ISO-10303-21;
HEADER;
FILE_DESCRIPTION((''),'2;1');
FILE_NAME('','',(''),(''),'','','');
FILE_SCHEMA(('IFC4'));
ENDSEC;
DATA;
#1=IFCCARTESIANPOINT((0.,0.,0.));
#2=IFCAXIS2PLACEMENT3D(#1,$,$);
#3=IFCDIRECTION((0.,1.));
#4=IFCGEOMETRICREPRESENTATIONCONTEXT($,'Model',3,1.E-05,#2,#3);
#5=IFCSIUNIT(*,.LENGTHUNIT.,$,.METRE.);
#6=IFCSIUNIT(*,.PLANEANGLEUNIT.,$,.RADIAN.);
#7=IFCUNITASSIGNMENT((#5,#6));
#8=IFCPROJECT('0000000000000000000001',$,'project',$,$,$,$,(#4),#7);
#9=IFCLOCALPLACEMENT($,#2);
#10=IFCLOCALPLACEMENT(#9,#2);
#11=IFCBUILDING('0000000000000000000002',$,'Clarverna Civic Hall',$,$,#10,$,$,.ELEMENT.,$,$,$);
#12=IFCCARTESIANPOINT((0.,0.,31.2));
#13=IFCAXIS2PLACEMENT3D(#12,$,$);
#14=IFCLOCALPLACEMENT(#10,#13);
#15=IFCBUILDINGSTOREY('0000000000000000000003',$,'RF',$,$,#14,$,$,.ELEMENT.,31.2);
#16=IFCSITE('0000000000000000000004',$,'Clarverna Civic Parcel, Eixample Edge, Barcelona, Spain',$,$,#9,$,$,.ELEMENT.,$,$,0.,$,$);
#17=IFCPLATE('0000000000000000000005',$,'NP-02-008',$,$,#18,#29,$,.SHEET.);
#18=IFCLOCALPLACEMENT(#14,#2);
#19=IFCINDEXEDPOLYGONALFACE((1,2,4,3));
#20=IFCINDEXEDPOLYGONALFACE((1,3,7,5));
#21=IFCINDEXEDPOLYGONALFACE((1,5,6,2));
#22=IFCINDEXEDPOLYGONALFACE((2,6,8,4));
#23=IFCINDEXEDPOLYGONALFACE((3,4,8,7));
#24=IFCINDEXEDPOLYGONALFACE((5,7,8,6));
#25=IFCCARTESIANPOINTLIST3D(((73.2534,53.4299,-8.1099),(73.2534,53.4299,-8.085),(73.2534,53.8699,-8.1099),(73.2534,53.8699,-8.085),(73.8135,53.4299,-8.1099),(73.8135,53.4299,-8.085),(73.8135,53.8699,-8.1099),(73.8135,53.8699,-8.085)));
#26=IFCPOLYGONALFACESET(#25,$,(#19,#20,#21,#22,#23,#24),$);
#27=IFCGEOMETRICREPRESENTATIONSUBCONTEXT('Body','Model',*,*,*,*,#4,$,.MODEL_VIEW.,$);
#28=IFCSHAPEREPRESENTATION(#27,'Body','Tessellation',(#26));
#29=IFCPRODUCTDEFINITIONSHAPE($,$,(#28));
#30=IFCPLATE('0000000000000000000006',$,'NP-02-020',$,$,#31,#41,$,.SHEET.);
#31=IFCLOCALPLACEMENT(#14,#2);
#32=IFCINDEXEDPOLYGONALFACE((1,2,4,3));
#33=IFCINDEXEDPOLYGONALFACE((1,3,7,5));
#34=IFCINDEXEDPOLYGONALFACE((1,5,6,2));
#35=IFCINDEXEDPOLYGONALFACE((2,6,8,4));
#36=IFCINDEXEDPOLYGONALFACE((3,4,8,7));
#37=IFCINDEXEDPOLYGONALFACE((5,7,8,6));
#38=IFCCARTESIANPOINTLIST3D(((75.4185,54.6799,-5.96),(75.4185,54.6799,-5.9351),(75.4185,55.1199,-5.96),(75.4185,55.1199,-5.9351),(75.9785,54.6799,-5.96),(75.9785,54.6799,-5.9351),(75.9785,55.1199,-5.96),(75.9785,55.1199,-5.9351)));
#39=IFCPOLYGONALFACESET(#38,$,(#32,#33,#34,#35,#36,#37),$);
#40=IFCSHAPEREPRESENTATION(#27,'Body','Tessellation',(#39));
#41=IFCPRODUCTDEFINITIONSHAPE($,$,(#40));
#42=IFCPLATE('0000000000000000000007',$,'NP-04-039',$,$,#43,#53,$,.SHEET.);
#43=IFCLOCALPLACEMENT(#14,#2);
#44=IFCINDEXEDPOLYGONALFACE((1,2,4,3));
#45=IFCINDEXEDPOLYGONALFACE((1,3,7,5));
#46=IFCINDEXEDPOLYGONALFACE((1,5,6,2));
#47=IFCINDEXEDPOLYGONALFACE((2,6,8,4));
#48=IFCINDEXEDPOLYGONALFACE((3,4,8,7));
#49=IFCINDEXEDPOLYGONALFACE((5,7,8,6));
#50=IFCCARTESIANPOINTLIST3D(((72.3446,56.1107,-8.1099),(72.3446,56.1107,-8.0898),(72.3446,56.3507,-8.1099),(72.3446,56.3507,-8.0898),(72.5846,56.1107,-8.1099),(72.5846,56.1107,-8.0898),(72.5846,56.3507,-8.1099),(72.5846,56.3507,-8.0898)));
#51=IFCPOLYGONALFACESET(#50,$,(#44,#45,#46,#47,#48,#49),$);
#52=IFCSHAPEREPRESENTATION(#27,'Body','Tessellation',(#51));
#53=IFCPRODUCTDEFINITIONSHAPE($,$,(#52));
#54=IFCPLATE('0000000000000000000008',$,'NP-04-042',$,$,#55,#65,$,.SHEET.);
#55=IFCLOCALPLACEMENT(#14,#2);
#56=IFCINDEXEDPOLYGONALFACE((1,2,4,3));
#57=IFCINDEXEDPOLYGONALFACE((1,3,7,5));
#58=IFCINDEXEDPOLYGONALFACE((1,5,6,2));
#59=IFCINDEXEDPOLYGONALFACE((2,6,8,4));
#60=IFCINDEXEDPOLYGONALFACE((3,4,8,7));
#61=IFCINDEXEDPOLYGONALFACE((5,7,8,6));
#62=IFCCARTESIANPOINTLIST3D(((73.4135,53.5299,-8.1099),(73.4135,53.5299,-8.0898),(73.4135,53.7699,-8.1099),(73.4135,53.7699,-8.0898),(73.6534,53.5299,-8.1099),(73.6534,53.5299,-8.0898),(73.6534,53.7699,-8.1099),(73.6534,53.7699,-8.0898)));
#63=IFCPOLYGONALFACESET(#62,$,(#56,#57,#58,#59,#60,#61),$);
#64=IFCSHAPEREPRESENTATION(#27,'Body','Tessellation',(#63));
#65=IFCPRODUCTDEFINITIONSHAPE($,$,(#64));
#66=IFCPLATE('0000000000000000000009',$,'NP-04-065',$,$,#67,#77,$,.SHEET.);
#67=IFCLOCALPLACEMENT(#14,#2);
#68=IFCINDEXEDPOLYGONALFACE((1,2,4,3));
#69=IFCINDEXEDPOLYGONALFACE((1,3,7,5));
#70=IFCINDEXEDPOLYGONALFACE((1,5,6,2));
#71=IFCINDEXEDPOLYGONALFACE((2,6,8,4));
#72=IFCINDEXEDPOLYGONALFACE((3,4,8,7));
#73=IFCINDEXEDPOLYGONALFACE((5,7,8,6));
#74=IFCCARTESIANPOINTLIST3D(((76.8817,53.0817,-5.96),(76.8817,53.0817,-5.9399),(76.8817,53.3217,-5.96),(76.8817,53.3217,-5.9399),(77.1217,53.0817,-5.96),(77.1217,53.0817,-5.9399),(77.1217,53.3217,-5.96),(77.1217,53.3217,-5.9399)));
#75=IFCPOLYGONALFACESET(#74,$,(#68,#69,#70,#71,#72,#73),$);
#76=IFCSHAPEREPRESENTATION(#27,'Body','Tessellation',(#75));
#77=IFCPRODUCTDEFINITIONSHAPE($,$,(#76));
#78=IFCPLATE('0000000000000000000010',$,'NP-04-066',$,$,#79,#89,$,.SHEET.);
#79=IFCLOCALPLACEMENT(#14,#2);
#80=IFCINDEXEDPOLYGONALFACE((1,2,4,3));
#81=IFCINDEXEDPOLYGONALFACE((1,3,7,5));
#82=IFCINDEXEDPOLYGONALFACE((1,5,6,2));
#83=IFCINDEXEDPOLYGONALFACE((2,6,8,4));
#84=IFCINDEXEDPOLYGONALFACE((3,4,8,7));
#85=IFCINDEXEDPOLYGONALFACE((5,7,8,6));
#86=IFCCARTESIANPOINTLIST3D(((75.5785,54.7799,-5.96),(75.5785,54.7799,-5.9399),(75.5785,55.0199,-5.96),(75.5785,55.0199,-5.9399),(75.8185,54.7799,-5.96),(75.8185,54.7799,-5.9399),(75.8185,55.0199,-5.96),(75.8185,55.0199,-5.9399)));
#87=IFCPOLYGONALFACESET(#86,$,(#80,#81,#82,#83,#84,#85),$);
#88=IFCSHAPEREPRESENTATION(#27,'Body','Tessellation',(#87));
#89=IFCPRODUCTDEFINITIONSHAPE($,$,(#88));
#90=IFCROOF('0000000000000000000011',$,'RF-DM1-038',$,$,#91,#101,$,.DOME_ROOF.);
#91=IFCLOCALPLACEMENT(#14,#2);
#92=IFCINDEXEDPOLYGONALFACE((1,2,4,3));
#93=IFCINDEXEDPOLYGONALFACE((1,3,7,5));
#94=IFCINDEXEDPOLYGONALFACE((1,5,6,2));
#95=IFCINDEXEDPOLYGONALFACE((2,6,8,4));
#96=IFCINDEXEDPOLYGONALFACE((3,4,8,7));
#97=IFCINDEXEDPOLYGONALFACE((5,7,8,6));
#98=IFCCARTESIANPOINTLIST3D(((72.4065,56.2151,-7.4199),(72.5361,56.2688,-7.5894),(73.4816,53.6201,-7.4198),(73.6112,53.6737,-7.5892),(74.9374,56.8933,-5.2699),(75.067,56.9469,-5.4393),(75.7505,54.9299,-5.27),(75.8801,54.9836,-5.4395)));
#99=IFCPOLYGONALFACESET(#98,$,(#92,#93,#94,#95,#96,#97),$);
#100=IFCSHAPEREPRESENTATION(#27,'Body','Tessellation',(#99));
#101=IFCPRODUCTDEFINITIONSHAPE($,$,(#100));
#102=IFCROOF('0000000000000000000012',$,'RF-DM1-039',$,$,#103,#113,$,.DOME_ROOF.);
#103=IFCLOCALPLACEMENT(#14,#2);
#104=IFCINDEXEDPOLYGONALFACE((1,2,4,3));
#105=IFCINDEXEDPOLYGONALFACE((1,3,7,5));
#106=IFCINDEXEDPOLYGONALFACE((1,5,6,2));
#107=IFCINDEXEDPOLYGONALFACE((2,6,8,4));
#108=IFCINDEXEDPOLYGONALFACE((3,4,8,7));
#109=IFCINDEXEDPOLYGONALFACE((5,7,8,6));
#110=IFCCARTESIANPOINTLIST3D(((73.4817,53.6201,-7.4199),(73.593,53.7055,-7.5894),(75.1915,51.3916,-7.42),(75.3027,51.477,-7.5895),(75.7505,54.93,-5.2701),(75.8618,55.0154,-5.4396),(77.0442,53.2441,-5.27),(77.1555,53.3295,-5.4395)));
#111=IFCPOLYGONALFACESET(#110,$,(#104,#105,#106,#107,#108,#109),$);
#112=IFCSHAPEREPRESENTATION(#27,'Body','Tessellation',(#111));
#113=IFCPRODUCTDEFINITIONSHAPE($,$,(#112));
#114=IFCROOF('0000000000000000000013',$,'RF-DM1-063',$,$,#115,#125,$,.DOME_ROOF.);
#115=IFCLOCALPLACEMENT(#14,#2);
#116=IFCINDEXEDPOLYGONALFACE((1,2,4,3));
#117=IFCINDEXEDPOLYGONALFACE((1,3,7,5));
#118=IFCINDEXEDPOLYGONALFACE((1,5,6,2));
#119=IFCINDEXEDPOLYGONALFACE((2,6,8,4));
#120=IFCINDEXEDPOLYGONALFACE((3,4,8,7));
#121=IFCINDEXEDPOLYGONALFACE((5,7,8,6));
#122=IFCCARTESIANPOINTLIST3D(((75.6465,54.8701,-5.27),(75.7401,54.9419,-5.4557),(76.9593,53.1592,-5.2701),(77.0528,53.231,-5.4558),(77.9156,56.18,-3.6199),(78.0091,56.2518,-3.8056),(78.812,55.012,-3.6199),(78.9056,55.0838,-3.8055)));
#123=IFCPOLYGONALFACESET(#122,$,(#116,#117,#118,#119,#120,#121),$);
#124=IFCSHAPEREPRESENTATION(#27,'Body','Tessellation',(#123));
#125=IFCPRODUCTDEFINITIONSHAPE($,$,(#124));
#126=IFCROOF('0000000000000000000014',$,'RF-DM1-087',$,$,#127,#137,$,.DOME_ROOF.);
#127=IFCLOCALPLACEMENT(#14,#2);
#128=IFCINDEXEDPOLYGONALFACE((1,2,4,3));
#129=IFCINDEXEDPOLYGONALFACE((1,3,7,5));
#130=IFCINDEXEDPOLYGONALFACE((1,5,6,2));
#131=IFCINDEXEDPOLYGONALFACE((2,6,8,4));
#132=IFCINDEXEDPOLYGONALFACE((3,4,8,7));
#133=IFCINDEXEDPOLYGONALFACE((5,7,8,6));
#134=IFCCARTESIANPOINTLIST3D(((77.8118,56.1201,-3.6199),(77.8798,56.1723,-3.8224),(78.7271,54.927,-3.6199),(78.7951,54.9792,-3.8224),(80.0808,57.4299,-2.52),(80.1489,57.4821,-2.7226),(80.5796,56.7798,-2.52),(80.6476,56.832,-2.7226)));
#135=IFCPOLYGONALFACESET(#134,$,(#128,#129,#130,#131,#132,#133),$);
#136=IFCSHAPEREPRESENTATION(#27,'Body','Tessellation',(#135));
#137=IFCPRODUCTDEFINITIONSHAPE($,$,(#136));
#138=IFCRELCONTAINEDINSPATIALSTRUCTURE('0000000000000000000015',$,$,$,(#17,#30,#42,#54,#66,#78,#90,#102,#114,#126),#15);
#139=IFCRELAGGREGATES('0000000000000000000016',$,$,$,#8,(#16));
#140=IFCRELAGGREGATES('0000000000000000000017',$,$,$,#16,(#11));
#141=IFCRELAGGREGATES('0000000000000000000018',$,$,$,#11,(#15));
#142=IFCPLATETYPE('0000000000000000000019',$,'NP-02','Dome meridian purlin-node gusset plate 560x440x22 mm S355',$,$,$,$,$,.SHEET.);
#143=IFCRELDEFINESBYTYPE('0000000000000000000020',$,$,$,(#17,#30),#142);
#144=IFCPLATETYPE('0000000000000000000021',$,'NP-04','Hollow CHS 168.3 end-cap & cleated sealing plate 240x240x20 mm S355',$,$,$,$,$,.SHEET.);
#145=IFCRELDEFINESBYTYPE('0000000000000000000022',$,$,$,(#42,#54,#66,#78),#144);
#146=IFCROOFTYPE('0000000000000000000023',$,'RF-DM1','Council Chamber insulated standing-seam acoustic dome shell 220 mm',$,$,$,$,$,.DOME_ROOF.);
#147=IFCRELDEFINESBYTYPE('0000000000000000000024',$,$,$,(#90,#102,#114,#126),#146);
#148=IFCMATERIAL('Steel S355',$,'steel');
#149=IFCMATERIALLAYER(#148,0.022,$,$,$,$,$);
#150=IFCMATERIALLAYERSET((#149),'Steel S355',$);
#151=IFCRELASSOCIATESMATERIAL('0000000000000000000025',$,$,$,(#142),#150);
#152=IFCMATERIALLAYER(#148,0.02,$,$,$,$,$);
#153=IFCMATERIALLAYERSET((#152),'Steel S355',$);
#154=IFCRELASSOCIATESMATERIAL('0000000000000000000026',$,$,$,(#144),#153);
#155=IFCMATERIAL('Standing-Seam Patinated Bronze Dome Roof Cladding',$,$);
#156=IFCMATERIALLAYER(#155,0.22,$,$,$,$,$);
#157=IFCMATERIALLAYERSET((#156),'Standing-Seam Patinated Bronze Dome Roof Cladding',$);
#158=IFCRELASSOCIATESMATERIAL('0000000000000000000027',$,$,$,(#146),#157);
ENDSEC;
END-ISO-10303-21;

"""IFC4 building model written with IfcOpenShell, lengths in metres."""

from ifc_helpers import new_model, si_unit, direction, frame, origin, origin_2d, place, context, subcontext, project, spatial, polyline, rectangle, outline, extrude, material, layer, layer_set, type_object, element, save


model = new_model("IFC4")

# Units and contexts
model_context = context("Model", 3, precision=1e-05, world=origin(), true_north=direction((0.0, 1.0)))
body_context = subcontext(model_context, "Body", "Model", "MODEL_VIEW")
ifc_project = project(units=[si_unit("LENGTHUNIT", "METRE"), si_unit("PLANEANGLEUNIT", "RADIAN")], contexts=[model_context])

# Site, building, storey
site_placement = place(None, origin())
site = spatial("IfcSite", under=ifc_project, at=site_placement, Name="Clarverna Civic Parcel, Eixample Edge, Barcelona, Spain", CompositionType="ELEMENT", RefElevation=0.0)
building_placement = place(site_placement, origin())
building = spatial("IfcBuilding", under=site, at=building_placement, Name="Clarverna Civic Hall", CompositionType="ELEMENT")
storey_placement = place(building_placement, frame((0.0, 0.0, 31.2)))
storey = spatial("IfcBuildingStorey", under=building, at=storey_placement, Name="RF", CompositionType="ELEMENT", Elevation=31.2)

# Shared definitions
ifc_material_1 = material(Name="Steel S355", Category="steel")

# Plates
ifc_layer_1 = layer(ifc_material_1, 0.022)
ifc_layer_set_1 = layer_set([ifc_layer_1], Name="Steel S355")
plate_type_1 = type_object("IfcPlateType", Name="NP-02", Description="Dome meridian purlin-node gusset plate 560x440x22 mm S355", PredefinedType="SHEET", material=ifc_layer_set_1)
for number, where, z_axis, x_axis, name in (
    (1, (73.5334, 53.6499, -8.1099), (0.0, 0.0, 1.0), (1.0, 0.0, 0.0), "NP-02-008"),
    (2, (75.6985, 54.8999, -5.96), (0.0, 0.0, 1.0), (1.0, 0.0, 0.0), "NP-02-020"),
):
    element("IfcPlate", number, at=place(storey_placement, frame(where, z_axis=z_axis, x_axis=x_axis)), inside=storey, type_object=plate_type_1, Name=name, PredefinedType="SHEET", context=body_context, shape_type="SweptSolid", body=[
        extrude(rectangle(XDim=0.5601, YDim=0.4399, at=origin_2d()), origin(), (0.0, 0.0, 1.0), 0.0249),
    ])
ifc_layer_2 = layer(ifc_material_1, 0.02)
ifc_layer_set_2 = layer_set([ifc_layer_2], Name="Steel S355")
plate_type_2 = type_object("IfcPlateType", Name="NP-04", Description="Hollow CHS 168.3 end-cap & cleated sealing plate 240x240x20 mm S355", PredefinedType="SHEET", material=ifc_layer_set_2)
for number, where, z_axis, x_axis, name in (
    (3, (72.4646, 56.2307, -8.1099), (0.0, 0.0, 1.0), (1.0, 0.0, 0.0), "NP-04-039"),
    (4, (73.5334, 53.6499, -8.1099), (0.0, 0.0, 1.0), (1.0, 0.0, 0.0), "NP-04-042"),
    (5, (77.0017, 53.2017, -5.96), (0.0, 0.0, 1.0), (1.0, 0.0, 0.0), "NP-04-065"),
    (6, (75.6985, 54.8999, -5.96), (0.0, 0.0, 1.0), (1.0, 0.0, 0.0), "NP-04-066"),
):
    element("IfcPlate", number, at=place(storey_placement, frame(where, z_axis=z_axis, x_axis=x_axis)), inside=storey, type_object=plate_type_2, Name=name, PredefinedType="SHEET", context=body_context, shape_type="SweptSolid", body=[
        extrude(rectangle(XDim=0.24, YDim=0.24, at=origin_2d()), origin(), (0.0, 0.0, 1.0), 0.02),
    ])

# Roofs
ifc_material_2 = material(Name="Standing-Seam Patinated Bronze Dome Roof Cladding")
ifc_layer_3 = layer(ifc_material_2, 0.22)
ifc_layer_set_3 = layer_set([ifc_layer_3], Name="Standing-Seam Patinated Bronze Dome Roof Cladding")
roof_type = type_object("IfcRoofType", Name="RF-DM1", Description="Council Chamber insulated standing-seam acoustic dome shell 220 mm", PredefinedType="DOME_ROOF", material=ifc_layer_set_3)
roof_1_placement = place(storey_placement, frame((72.4065, 56.2151, -7.4199), z_axis=(-0.589058, -0.244003, 0.770372), x_axis=(0.382745, -0.923854, 0.000047)))
element("IfcRoof", 7, at=roof_1_placement, inside=storey, type_object=roof_type, Name="RF-DM1-038", PredefinedType="DOME_ROOF", context=body_context, shape_type="SweptSolid", body=[
    extrude(outline(polyline([(0.0, 0.0), (2.8089, 0.0), (2.4673, 3.3717), (0.3423, 3.3721), (0.0, 0.0)])), origin(), (0.0, 0.0, -1.0), 0.22),
])
roof_2_placement = place(storey_placement, frame((73.4817, 53.6201, -7.4199), z_axis=(-0.50586, -0.388143, 0.770358), x_axis=(0.608717, -0.793388, -0.000029)))
element("IfcRoof", 8, at=roof_2_placement, inside=storey, type_object=roof_type, Name="RF-DM1-039", PredefinedType="DOME_ROOF", context=body_context, shape_type="SweptSolid", body=[
    extrude(outline(polyline([(0.0, 0.0), (2.8088, 0.0), (2.4668, 3.3719), (0.3418, 3.3717), (0.0, 0.0)])), origin(), (0.0, 0.0, -1.0), 0.22),
])
roof_3_placement = place(storey_placement, frame((75.6465, 54.8701, -5.27), z_axis=(-0.425385, -0.326434, 0.84409), x_axis=(0.608748, -0.793364, -0.000034)))
element("IfcRoof", 9, at=roof_3_placement, inside=storey, type_object=roof_type, Name="RF-DM1-063", PredefinedType="DOME_ROOF", context=body_context, shape_type="SweptSolid", body=[
    extrude(outline(polyline([(0.0, 0.0), (2.1565, 0.0), (1.8144, 3.0776), (0.3421, 3.0774), (0.0, 0.0)])), origin(), (0.0, 0.0, -1.0), 0.22),
])
roof_4_placement = place(storey_placement, frame((77.8118, 56.1201, -3.6199), z_axis=(-0.309359, -0.237325, 0.920855), x_axis=(0.608668, -0.793425, -0.000003)))
element("IfcRoof", 10, at=roof_4_placement, inside=storey, type_object=roof_type, Name="RF-DM1-087", PredefinedType="DOME_ROOF", context=body_context, shape_type="SweptSolid", body=[
    extrude(outline(polyline([(0.0, 0.0), (1.5038, 0.0), (1.1613, 2.8208), (0.3419, 2.8208), (0.0, 0.0)])), origin(), (0.0, 0.0, -1.0), 0.22),
])

save(model, "model.ifc")
